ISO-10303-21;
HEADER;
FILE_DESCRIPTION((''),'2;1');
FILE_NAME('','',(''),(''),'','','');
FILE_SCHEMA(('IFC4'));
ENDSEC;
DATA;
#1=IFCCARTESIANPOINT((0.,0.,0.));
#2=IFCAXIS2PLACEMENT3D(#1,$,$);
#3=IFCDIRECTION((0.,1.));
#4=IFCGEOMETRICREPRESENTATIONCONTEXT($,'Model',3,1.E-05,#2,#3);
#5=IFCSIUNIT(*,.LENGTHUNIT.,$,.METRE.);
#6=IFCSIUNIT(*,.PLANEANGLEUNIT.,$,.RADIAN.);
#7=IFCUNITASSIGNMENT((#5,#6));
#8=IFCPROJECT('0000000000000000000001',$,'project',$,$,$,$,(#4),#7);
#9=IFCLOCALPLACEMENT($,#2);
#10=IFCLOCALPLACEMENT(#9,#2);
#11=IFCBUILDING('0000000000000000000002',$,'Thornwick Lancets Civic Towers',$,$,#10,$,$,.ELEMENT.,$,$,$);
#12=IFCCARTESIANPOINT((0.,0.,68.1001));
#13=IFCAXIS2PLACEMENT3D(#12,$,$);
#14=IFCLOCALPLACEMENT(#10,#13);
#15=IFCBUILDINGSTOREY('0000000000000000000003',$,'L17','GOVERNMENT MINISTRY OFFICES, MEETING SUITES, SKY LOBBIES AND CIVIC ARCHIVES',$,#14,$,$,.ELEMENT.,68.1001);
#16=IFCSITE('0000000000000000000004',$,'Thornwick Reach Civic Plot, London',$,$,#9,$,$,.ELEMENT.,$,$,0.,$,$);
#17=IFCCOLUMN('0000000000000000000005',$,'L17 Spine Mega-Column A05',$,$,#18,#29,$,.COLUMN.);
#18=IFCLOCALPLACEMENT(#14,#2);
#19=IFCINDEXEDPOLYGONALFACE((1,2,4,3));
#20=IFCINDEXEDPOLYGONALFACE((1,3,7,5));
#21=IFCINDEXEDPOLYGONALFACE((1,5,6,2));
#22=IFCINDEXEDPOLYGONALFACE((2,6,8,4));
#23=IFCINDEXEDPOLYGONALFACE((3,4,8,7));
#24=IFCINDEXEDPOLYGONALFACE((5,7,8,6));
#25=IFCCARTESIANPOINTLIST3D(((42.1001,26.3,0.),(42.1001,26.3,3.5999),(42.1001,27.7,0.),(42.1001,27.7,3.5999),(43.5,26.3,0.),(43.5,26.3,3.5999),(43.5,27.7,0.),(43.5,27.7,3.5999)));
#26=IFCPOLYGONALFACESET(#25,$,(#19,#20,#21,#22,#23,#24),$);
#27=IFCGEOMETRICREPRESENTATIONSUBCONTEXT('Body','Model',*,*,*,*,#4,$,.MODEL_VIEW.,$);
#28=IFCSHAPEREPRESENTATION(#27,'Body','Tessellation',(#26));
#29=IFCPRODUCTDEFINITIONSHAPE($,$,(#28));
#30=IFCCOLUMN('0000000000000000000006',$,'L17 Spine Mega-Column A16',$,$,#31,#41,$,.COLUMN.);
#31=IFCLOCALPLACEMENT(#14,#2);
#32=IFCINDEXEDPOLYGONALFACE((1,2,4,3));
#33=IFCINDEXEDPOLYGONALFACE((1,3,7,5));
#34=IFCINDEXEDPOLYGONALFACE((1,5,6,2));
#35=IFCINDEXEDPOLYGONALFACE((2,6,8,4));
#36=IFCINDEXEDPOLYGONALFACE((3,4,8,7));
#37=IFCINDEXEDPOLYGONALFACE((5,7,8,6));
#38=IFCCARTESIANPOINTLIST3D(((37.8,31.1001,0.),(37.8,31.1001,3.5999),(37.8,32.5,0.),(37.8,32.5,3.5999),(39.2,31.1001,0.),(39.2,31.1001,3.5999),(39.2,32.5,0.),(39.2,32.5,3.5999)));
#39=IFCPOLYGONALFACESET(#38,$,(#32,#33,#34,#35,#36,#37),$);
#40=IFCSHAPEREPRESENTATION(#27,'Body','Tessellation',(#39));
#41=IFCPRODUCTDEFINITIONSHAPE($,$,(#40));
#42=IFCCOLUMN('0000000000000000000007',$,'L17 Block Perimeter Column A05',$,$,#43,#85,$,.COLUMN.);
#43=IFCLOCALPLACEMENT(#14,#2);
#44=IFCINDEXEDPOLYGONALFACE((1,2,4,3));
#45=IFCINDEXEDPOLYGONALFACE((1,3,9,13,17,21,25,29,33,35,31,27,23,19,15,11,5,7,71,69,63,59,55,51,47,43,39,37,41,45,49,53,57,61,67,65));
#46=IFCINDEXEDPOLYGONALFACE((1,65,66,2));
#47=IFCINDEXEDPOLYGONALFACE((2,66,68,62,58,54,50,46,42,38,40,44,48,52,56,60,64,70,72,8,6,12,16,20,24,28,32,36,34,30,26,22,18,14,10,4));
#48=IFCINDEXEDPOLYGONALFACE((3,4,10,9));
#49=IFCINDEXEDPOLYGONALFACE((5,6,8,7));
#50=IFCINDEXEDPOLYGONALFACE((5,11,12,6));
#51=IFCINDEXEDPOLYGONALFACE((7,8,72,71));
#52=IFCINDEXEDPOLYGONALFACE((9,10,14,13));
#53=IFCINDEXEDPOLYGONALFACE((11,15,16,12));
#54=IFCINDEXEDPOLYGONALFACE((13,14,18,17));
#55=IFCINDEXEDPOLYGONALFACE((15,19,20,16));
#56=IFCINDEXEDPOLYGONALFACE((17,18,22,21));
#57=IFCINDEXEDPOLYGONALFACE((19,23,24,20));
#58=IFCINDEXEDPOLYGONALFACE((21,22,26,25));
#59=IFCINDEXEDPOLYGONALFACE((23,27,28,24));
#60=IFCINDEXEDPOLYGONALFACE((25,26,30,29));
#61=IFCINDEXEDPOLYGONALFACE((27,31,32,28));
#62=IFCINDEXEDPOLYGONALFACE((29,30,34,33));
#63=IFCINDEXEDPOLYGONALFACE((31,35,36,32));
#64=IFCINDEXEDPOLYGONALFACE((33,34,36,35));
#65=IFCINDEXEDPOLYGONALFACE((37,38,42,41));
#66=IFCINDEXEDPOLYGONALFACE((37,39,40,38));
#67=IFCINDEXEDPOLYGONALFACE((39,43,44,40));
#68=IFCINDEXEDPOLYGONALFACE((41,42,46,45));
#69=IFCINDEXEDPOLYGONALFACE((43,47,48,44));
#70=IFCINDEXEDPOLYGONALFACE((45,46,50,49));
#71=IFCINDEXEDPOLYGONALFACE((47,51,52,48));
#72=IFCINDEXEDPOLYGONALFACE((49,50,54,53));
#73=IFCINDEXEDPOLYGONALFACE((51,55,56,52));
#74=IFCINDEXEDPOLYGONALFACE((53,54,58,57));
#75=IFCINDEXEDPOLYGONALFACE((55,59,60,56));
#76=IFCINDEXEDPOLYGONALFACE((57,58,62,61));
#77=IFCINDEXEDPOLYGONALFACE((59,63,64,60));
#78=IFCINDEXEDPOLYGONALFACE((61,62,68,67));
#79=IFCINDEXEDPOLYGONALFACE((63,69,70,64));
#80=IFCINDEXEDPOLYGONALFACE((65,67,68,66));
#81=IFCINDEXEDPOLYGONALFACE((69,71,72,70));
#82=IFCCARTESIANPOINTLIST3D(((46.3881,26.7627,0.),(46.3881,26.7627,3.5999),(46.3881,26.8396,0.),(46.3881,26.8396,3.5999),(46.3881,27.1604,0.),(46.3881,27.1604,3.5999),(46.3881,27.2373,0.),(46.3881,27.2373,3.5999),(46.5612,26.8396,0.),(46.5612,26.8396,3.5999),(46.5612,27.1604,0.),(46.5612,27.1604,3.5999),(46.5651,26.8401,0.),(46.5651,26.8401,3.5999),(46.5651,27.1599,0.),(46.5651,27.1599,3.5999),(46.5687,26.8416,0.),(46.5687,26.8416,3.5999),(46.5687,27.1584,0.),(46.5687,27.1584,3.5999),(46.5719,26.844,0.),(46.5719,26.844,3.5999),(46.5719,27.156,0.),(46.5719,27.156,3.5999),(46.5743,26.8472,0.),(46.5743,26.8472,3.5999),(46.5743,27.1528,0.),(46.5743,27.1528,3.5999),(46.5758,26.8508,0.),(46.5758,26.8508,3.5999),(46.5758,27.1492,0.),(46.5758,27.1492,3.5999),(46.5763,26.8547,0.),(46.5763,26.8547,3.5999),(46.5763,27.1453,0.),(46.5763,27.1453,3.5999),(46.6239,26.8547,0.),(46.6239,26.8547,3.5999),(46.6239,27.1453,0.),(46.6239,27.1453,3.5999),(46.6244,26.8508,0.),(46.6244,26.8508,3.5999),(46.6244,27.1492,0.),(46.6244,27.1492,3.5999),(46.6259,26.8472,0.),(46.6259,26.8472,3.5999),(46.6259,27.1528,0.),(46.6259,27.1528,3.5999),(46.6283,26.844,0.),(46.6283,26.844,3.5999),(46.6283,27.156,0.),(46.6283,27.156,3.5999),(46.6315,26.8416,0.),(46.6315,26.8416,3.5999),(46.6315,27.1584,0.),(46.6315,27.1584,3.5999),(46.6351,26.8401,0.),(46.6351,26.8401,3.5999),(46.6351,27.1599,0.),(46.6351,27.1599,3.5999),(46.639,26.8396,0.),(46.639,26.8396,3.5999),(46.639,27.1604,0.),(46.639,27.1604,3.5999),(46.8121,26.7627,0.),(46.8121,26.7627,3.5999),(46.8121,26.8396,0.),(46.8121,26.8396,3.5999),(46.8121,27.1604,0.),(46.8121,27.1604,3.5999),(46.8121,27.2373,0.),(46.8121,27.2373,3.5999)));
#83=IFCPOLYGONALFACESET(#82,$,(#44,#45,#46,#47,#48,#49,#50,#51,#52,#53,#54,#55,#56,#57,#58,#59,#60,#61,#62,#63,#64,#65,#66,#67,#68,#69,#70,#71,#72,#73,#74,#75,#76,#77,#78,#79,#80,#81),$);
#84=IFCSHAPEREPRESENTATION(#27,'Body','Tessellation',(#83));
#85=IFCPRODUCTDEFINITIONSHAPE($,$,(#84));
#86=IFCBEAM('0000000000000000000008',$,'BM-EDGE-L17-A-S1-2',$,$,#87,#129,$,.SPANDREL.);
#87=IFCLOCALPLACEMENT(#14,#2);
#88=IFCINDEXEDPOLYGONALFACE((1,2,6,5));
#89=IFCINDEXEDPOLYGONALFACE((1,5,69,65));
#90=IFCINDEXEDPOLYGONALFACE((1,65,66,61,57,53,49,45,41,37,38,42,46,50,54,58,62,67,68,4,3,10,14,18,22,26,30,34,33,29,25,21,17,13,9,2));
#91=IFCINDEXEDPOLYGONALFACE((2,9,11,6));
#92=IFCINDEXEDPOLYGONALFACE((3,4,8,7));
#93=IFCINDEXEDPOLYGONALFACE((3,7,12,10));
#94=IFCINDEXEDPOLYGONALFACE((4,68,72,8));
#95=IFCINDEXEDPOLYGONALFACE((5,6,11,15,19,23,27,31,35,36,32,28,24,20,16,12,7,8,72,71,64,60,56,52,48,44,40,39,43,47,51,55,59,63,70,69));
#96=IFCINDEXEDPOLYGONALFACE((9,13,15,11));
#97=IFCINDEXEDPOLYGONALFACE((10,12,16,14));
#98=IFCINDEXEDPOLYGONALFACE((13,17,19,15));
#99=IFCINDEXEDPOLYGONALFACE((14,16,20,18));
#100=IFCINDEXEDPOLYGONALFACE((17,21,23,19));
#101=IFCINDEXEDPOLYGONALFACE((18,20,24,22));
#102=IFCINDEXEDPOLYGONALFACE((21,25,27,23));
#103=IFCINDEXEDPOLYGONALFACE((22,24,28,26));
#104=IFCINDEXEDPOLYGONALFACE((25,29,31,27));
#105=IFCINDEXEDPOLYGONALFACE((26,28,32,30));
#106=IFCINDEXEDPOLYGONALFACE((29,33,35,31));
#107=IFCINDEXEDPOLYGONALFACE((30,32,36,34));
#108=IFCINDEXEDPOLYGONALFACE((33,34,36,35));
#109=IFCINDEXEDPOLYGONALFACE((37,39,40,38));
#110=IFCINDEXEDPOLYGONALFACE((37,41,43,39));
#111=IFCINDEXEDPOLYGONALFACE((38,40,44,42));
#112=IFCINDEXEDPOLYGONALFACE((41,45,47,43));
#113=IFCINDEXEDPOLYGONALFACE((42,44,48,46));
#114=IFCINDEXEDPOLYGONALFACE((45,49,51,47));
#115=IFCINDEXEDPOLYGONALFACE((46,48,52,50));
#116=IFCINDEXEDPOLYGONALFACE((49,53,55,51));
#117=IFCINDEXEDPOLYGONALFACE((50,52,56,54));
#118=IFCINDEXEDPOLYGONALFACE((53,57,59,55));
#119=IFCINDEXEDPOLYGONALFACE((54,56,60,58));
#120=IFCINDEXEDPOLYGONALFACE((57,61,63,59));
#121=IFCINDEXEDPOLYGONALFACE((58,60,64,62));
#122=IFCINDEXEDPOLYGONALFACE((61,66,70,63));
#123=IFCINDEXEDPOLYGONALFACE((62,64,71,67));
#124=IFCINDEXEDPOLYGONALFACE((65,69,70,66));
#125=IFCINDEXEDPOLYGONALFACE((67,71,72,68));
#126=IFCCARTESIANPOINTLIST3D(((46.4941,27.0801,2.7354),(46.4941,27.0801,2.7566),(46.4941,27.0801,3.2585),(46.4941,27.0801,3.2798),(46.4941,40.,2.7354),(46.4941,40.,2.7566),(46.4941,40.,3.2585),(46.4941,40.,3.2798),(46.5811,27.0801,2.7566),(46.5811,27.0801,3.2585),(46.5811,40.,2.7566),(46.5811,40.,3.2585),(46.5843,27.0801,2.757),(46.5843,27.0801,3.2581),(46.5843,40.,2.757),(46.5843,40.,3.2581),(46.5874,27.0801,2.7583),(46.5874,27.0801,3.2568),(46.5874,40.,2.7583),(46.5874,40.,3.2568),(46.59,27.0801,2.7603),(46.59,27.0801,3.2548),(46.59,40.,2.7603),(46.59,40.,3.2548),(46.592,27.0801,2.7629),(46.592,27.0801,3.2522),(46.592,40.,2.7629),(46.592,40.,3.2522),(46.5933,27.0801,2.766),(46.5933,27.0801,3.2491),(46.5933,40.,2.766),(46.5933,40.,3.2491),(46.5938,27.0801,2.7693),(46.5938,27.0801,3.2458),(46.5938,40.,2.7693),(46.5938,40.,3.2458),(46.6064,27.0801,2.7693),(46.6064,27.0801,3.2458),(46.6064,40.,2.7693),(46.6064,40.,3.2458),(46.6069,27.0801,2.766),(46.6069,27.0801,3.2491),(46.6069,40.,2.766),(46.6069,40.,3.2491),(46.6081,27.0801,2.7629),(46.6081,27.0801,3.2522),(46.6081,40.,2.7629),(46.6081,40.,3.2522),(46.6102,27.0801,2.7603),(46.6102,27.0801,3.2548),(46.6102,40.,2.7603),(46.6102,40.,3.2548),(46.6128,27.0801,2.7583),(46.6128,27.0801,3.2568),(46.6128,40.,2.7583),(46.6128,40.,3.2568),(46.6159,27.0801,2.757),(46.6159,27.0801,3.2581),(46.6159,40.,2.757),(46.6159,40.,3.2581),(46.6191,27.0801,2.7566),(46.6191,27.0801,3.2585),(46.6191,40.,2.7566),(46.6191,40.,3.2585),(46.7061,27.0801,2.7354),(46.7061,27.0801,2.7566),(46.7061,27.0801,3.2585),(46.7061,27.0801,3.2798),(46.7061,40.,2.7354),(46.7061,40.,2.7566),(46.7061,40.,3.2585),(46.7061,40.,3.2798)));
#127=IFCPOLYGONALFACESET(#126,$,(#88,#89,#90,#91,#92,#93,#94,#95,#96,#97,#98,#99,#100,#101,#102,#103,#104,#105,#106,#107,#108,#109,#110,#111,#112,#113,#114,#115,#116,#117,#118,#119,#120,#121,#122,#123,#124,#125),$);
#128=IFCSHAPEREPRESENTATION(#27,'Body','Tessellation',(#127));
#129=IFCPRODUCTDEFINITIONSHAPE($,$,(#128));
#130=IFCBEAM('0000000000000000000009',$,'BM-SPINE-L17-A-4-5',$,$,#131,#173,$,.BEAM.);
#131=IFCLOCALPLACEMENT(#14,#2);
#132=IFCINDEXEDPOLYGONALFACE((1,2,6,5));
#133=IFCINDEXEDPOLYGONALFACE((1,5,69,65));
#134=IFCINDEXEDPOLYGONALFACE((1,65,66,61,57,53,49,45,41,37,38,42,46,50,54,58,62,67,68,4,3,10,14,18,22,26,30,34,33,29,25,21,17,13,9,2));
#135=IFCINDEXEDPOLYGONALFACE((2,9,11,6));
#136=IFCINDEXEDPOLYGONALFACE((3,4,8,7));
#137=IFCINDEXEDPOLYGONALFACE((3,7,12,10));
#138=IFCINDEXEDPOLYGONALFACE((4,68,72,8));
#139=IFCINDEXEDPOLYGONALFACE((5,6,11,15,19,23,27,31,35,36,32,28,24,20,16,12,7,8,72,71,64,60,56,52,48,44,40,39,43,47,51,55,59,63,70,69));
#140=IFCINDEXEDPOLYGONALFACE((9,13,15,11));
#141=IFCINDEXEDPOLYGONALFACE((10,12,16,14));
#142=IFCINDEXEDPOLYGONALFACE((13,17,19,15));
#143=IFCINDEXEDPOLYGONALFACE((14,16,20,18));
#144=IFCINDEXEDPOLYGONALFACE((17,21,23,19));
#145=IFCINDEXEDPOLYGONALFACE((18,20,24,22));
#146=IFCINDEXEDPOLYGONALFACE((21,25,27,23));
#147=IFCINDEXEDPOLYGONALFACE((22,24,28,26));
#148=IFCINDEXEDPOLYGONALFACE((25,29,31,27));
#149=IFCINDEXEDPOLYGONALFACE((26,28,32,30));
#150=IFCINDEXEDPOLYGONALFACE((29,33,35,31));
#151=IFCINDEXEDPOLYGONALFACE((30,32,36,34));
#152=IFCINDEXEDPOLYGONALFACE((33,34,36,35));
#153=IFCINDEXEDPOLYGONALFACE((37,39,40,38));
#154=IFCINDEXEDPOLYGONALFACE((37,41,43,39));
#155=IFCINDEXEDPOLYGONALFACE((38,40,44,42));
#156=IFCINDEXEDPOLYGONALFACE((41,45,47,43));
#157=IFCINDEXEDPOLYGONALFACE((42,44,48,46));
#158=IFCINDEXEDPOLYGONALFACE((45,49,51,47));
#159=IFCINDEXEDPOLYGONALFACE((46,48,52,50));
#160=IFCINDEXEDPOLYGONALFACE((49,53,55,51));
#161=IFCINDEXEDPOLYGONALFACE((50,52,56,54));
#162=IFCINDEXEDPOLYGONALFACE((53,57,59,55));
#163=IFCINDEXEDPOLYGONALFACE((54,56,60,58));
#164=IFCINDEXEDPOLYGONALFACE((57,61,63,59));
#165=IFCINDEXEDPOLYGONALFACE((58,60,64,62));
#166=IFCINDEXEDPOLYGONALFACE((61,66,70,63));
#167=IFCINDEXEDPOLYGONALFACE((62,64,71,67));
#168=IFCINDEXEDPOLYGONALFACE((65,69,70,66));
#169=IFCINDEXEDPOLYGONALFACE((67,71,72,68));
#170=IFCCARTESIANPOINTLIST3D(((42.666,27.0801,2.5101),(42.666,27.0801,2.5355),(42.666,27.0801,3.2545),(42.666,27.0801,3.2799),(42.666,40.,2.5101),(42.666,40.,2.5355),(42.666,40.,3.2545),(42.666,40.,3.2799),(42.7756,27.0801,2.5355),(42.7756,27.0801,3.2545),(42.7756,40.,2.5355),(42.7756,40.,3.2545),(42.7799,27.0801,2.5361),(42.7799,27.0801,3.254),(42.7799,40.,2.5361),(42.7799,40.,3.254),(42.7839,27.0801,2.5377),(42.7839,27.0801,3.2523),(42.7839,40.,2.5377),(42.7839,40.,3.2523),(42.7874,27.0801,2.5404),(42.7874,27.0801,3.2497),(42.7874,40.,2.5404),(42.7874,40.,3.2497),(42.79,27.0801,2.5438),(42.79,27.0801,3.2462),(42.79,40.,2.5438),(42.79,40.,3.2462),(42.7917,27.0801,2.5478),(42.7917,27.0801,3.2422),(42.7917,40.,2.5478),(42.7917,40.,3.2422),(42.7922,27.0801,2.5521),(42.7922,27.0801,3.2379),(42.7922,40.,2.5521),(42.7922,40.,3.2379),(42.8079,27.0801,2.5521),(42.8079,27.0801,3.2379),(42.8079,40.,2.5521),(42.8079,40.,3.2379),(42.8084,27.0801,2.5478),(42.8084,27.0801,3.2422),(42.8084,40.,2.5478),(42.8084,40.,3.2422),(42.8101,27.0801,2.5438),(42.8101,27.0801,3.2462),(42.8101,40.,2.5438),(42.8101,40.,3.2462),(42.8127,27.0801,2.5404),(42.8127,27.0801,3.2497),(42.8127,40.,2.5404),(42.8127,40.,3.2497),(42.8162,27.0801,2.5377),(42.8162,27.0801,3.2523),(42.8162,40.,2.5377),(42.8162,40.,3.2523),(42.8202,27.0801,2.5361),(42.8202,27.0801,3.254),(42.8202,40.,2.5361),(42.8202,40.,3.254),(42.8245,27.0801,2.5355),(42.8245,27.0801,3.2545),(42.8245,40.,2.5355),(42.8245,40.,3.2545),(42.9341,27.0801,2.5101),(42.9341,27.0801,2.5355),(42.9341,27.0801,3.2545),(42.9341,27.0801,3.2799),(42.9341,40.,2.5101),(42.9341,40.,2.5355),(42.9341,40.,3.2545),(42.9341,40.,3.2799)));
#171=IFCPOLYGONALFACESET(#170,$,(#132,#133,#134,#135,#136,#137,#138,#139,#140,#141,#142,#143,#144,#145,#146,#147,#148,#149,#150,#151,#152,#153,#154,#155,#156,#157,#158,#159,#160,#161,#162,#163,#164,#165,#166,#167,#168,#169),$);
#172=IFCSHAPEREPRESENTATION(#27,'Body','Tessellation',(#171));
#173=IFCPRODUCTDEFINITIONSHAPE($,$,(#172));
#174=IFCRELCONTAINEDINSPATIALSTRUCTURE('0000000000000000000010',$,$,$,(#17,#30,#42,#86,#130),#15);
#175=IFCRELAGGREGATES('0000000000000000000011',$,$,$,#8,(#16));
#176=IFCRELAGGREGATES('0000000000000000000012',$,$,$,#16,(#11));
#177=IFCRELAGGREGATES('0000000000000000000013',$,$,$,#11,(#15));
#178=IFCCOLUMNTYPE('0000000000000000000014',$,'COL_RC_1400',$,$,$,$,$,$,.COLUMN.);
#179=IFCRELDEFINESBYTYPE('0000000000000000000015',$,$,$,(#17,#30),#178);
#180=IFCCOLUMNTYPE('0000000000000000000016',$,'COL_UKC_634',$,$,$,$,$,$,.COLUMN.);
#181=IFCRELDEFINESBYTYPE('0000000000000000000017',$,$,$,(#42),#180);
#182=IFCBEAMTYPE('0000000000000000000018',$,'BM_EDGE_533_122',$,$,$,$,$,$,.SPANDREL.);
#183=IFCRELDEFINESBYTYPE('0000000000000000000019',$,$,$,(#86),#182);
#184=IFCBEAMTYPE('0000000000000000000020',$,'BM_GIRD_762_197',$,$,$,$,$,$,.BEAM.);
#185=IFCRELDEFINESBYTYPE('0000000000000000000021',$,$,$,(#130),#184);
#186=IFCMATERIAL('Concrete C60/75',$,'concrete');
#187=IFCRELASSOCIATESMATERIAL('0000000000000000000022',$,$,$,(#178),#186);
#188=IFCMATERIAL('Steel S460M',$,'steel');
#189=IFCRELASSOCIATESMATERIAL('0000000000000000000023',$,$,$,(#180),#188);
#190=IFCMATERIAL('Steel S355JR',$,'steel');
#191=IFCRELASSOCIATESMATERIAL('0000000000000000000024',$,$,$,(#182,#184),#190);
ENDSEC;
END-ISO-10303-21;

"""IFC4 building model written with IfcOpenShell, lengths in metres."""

from ifc_helpers import new_model, si_unit, direction, frame, origin, origin_2d, place, context, subcontext, project, spatial, rectangle, i_section, extrude, material, material_profile, profile_set, type_object, element, save


model = new_model("IFC4")

# Units and contexts
model_context = context("Model", 3, precision=1e-05, world=origin(), true_north=direction((0.0, 1.0)))
body_context = subcontext(model_context, "Body", "Model", "MODEL_VIEW")
ifc_project = project(units=[si_unit("LENGTHUNIT", "METRE"), si_unit("PLANEANGLEUNIT", "RADIAN")], contexts=[model_context])

# Site, building, storey
site_placement = place(None, origin())
site = spatial("IfcSite", under=ifc_project, at=site_placement, Name="Thornwick Reach Civic Plot, London", CompositionType="ELEMENT", RefElevation=0.0)
building_placement = place(site_placement, origin())
building = spatial("IfcBuilding", under=site, at=building_placement, Name="Thornwick Lancets Civic Towers", CompositionType="ELEMENT")
storey_placement = place(building_placement, frame((0.0, 0.0, 68.1001)))
storey = spatial("IfcBuildingStorey", under=building, at=storey_placement, Name="L17", Description="GOVERNMENT MINISTRY OFFICES, MEETING SUITES, SKY LOBBIES AND CIVIC ARCHIVES", CompositionType="ELEMENT", Elevation=68.1001)

# Columns
ifc_material_1 = material(Name="Concrete C60/75", Category="concrete")
ifc_material_profile_1 = material_profile(ifc_material_1, rectangle(XDim=1.3999, YDim=1.3999, at=origin_2d()), Name="RC 1400x1400")
ifc_profile_set_1 = profile_set([ifc_material_profile_1], Name="Concrete C60/75")
column_type_1 = type_object("IfcColumnType", Name="COL_RC_1400", PredefinedType="COLUMN", material=ifc_profile_set_1)
for number, where, z_axis, x_axis, name in (
    (1, (42.8, 27.0, 0.0), (0.0, 0.0, 1.0), (1.0, 0.0, 0.0), "L17 Spine Mega-Column A05"),
    (2, (38.5, 31.8, 0.0), (0.0, 0.0, 1.0), (1.0, 0.0, 0.0), "L17 Spine Mega-Column A16"),
):
    element("IfcColumn", number, at=place(storey_placement, frame(where, z_axis=z_axis, x_axis=x_axis)), inside=storey, type_object=column_type_1, Name=name, PredefinedType="COLUMN", context=body_context, shape_type="SweptSolid", body=[
        extrude(rectangle(XDim=1.3999, YDim=1.3999, at=origin_2d()), origin(), (0.0, 0.0, 1.0), 3.5999),
    ])
ifc_material_2 = material(Name="Steel S460M", Category="steel")
ifc_material_profile_2 = material_profile(ifc_material_2, i_section(OverallWidth=0.4241, OverallDepth=0.4746, WebThickness=0.0476, FlangeThickness=0.0769, FilletRadius=0.0151, at=origin_2d()), Name="UKC 356x406x634")
ifc_profile_set_2 = profile_set([ifc_material_profile_2], Name="Steel S460M")
column_type_2 = type_object("IfcColumnType", Name="COL_UKC_634", PredefinedType="COLUMN", material=ifc_profile_set_2)
column_placement = place(storey_placement, frame((46.6001, 27.0, 0.0), z_axis=(0.0, 0.0, 1.0), x_axis=(1.0, 0.0, 0.0)))
element("IfcColumn", 3, at=column_placement, inside=storey, type_object=column_type_2, Name="L17 Block Perimeter Column A05", PredefinedType="COLUMN", context=body_context, shape_type="SweptSolid", body=[
    extrude(i_section(OverallWidth=0.4241, OverallDepth=0.4746, WebThickness=0.0476, FlangeThickness=0.0769, FilletRadius=0.0151, at=origin_2d()), origin(), (0.0, 0.0, 1.0), 3.5999),
])

# Beams
ifc_material_3 = material(Name="Steel S355JR", Category="steel")
ifc_material_profile_3 = material_profile(ifc_material_3, i_section(OverallWidth=0.2119, OverallDepth=0.5444, WebThickness=0.0127, FlangeThickness=0.0212, FilletRadius=0.0127, at=origin_2d()), Name="UKB 533x210x122")
ifc_profile_set_3 = profile_set([ifc_material_profile_3], Name="Steel S355JR")
beam_type_1 = type_object("IfcBeamType", Name="BM_EDGE_533_122", PredefinedType="SPANDREL", material=ifc_profile_set_3)
beam_1_placement = place(storey_placement, frame((46.6001, 27.0801, 3.0076), z_axis=(0.0, 1.0, 0.0), x_axis=(-1.0, 0.0, 0.0)))
element("IfcBeam", 4, at=beam_1_placement, inside=storey, type_object=beam_type_1, Name="BM-EDGE-L17-A-S1-2", PredefinedType="SPANDREL", context=body_context, shape_type="SweptSolid", body=[
    extrude(i_section(OverallWidth=0.2119, OverallDepth=0.5444, WebThickness=0.0127, FlangeThickness=0.0212, FilletRadius=0.0127, at=origin_2d()), origin(), (0.0, 0.0, 1.0), 12.9199),
])
ifc_material_profile_4 = material_profile(ifc_material_3, i_section(OverallWidth=0.2681, OverallDepth=0.7698, WebThickness=0.0156, FlangeThickness=0.0254, FilletRadius=0.0166, at=origin_2d()), Name="UKB 762x267x197")
ifc_profile_set_4 = profile_set([ifc_material_profile_4], Name="Steel S355JR")
beam_type_2 = type_object("IfcBeamType", Name="BM_GIRD_762_197", PredefinedType="BEAM", material=ifc_profile_set_4)
beam_2_placement = place(storey_placement, frame((42.8, 27.0801, 2.895), z_axis=(0.0, 1.0, 0.0), x_axis=(-1.0, 0.0, 0.0)))
element("IfcBeam", 5, at=beam_2_placement, inside=storey, type_object=beam_type_2, Name="BM-SPINE-L17-A-4-5", PredefinedType="BEAM", context=body_context, shape_type="SweptSolid", body=[
    extrude(i_section(OverallWidth=0.2681, OverallDepth=0.7698, WebThickness=0.0156, FlangeThickness=0.0254, FilletRadius=0.0166, at=origin_2d()), origin(), (0.0, 0.0, 1.0), 12.9199),
])

save(model, "model.ifc")
